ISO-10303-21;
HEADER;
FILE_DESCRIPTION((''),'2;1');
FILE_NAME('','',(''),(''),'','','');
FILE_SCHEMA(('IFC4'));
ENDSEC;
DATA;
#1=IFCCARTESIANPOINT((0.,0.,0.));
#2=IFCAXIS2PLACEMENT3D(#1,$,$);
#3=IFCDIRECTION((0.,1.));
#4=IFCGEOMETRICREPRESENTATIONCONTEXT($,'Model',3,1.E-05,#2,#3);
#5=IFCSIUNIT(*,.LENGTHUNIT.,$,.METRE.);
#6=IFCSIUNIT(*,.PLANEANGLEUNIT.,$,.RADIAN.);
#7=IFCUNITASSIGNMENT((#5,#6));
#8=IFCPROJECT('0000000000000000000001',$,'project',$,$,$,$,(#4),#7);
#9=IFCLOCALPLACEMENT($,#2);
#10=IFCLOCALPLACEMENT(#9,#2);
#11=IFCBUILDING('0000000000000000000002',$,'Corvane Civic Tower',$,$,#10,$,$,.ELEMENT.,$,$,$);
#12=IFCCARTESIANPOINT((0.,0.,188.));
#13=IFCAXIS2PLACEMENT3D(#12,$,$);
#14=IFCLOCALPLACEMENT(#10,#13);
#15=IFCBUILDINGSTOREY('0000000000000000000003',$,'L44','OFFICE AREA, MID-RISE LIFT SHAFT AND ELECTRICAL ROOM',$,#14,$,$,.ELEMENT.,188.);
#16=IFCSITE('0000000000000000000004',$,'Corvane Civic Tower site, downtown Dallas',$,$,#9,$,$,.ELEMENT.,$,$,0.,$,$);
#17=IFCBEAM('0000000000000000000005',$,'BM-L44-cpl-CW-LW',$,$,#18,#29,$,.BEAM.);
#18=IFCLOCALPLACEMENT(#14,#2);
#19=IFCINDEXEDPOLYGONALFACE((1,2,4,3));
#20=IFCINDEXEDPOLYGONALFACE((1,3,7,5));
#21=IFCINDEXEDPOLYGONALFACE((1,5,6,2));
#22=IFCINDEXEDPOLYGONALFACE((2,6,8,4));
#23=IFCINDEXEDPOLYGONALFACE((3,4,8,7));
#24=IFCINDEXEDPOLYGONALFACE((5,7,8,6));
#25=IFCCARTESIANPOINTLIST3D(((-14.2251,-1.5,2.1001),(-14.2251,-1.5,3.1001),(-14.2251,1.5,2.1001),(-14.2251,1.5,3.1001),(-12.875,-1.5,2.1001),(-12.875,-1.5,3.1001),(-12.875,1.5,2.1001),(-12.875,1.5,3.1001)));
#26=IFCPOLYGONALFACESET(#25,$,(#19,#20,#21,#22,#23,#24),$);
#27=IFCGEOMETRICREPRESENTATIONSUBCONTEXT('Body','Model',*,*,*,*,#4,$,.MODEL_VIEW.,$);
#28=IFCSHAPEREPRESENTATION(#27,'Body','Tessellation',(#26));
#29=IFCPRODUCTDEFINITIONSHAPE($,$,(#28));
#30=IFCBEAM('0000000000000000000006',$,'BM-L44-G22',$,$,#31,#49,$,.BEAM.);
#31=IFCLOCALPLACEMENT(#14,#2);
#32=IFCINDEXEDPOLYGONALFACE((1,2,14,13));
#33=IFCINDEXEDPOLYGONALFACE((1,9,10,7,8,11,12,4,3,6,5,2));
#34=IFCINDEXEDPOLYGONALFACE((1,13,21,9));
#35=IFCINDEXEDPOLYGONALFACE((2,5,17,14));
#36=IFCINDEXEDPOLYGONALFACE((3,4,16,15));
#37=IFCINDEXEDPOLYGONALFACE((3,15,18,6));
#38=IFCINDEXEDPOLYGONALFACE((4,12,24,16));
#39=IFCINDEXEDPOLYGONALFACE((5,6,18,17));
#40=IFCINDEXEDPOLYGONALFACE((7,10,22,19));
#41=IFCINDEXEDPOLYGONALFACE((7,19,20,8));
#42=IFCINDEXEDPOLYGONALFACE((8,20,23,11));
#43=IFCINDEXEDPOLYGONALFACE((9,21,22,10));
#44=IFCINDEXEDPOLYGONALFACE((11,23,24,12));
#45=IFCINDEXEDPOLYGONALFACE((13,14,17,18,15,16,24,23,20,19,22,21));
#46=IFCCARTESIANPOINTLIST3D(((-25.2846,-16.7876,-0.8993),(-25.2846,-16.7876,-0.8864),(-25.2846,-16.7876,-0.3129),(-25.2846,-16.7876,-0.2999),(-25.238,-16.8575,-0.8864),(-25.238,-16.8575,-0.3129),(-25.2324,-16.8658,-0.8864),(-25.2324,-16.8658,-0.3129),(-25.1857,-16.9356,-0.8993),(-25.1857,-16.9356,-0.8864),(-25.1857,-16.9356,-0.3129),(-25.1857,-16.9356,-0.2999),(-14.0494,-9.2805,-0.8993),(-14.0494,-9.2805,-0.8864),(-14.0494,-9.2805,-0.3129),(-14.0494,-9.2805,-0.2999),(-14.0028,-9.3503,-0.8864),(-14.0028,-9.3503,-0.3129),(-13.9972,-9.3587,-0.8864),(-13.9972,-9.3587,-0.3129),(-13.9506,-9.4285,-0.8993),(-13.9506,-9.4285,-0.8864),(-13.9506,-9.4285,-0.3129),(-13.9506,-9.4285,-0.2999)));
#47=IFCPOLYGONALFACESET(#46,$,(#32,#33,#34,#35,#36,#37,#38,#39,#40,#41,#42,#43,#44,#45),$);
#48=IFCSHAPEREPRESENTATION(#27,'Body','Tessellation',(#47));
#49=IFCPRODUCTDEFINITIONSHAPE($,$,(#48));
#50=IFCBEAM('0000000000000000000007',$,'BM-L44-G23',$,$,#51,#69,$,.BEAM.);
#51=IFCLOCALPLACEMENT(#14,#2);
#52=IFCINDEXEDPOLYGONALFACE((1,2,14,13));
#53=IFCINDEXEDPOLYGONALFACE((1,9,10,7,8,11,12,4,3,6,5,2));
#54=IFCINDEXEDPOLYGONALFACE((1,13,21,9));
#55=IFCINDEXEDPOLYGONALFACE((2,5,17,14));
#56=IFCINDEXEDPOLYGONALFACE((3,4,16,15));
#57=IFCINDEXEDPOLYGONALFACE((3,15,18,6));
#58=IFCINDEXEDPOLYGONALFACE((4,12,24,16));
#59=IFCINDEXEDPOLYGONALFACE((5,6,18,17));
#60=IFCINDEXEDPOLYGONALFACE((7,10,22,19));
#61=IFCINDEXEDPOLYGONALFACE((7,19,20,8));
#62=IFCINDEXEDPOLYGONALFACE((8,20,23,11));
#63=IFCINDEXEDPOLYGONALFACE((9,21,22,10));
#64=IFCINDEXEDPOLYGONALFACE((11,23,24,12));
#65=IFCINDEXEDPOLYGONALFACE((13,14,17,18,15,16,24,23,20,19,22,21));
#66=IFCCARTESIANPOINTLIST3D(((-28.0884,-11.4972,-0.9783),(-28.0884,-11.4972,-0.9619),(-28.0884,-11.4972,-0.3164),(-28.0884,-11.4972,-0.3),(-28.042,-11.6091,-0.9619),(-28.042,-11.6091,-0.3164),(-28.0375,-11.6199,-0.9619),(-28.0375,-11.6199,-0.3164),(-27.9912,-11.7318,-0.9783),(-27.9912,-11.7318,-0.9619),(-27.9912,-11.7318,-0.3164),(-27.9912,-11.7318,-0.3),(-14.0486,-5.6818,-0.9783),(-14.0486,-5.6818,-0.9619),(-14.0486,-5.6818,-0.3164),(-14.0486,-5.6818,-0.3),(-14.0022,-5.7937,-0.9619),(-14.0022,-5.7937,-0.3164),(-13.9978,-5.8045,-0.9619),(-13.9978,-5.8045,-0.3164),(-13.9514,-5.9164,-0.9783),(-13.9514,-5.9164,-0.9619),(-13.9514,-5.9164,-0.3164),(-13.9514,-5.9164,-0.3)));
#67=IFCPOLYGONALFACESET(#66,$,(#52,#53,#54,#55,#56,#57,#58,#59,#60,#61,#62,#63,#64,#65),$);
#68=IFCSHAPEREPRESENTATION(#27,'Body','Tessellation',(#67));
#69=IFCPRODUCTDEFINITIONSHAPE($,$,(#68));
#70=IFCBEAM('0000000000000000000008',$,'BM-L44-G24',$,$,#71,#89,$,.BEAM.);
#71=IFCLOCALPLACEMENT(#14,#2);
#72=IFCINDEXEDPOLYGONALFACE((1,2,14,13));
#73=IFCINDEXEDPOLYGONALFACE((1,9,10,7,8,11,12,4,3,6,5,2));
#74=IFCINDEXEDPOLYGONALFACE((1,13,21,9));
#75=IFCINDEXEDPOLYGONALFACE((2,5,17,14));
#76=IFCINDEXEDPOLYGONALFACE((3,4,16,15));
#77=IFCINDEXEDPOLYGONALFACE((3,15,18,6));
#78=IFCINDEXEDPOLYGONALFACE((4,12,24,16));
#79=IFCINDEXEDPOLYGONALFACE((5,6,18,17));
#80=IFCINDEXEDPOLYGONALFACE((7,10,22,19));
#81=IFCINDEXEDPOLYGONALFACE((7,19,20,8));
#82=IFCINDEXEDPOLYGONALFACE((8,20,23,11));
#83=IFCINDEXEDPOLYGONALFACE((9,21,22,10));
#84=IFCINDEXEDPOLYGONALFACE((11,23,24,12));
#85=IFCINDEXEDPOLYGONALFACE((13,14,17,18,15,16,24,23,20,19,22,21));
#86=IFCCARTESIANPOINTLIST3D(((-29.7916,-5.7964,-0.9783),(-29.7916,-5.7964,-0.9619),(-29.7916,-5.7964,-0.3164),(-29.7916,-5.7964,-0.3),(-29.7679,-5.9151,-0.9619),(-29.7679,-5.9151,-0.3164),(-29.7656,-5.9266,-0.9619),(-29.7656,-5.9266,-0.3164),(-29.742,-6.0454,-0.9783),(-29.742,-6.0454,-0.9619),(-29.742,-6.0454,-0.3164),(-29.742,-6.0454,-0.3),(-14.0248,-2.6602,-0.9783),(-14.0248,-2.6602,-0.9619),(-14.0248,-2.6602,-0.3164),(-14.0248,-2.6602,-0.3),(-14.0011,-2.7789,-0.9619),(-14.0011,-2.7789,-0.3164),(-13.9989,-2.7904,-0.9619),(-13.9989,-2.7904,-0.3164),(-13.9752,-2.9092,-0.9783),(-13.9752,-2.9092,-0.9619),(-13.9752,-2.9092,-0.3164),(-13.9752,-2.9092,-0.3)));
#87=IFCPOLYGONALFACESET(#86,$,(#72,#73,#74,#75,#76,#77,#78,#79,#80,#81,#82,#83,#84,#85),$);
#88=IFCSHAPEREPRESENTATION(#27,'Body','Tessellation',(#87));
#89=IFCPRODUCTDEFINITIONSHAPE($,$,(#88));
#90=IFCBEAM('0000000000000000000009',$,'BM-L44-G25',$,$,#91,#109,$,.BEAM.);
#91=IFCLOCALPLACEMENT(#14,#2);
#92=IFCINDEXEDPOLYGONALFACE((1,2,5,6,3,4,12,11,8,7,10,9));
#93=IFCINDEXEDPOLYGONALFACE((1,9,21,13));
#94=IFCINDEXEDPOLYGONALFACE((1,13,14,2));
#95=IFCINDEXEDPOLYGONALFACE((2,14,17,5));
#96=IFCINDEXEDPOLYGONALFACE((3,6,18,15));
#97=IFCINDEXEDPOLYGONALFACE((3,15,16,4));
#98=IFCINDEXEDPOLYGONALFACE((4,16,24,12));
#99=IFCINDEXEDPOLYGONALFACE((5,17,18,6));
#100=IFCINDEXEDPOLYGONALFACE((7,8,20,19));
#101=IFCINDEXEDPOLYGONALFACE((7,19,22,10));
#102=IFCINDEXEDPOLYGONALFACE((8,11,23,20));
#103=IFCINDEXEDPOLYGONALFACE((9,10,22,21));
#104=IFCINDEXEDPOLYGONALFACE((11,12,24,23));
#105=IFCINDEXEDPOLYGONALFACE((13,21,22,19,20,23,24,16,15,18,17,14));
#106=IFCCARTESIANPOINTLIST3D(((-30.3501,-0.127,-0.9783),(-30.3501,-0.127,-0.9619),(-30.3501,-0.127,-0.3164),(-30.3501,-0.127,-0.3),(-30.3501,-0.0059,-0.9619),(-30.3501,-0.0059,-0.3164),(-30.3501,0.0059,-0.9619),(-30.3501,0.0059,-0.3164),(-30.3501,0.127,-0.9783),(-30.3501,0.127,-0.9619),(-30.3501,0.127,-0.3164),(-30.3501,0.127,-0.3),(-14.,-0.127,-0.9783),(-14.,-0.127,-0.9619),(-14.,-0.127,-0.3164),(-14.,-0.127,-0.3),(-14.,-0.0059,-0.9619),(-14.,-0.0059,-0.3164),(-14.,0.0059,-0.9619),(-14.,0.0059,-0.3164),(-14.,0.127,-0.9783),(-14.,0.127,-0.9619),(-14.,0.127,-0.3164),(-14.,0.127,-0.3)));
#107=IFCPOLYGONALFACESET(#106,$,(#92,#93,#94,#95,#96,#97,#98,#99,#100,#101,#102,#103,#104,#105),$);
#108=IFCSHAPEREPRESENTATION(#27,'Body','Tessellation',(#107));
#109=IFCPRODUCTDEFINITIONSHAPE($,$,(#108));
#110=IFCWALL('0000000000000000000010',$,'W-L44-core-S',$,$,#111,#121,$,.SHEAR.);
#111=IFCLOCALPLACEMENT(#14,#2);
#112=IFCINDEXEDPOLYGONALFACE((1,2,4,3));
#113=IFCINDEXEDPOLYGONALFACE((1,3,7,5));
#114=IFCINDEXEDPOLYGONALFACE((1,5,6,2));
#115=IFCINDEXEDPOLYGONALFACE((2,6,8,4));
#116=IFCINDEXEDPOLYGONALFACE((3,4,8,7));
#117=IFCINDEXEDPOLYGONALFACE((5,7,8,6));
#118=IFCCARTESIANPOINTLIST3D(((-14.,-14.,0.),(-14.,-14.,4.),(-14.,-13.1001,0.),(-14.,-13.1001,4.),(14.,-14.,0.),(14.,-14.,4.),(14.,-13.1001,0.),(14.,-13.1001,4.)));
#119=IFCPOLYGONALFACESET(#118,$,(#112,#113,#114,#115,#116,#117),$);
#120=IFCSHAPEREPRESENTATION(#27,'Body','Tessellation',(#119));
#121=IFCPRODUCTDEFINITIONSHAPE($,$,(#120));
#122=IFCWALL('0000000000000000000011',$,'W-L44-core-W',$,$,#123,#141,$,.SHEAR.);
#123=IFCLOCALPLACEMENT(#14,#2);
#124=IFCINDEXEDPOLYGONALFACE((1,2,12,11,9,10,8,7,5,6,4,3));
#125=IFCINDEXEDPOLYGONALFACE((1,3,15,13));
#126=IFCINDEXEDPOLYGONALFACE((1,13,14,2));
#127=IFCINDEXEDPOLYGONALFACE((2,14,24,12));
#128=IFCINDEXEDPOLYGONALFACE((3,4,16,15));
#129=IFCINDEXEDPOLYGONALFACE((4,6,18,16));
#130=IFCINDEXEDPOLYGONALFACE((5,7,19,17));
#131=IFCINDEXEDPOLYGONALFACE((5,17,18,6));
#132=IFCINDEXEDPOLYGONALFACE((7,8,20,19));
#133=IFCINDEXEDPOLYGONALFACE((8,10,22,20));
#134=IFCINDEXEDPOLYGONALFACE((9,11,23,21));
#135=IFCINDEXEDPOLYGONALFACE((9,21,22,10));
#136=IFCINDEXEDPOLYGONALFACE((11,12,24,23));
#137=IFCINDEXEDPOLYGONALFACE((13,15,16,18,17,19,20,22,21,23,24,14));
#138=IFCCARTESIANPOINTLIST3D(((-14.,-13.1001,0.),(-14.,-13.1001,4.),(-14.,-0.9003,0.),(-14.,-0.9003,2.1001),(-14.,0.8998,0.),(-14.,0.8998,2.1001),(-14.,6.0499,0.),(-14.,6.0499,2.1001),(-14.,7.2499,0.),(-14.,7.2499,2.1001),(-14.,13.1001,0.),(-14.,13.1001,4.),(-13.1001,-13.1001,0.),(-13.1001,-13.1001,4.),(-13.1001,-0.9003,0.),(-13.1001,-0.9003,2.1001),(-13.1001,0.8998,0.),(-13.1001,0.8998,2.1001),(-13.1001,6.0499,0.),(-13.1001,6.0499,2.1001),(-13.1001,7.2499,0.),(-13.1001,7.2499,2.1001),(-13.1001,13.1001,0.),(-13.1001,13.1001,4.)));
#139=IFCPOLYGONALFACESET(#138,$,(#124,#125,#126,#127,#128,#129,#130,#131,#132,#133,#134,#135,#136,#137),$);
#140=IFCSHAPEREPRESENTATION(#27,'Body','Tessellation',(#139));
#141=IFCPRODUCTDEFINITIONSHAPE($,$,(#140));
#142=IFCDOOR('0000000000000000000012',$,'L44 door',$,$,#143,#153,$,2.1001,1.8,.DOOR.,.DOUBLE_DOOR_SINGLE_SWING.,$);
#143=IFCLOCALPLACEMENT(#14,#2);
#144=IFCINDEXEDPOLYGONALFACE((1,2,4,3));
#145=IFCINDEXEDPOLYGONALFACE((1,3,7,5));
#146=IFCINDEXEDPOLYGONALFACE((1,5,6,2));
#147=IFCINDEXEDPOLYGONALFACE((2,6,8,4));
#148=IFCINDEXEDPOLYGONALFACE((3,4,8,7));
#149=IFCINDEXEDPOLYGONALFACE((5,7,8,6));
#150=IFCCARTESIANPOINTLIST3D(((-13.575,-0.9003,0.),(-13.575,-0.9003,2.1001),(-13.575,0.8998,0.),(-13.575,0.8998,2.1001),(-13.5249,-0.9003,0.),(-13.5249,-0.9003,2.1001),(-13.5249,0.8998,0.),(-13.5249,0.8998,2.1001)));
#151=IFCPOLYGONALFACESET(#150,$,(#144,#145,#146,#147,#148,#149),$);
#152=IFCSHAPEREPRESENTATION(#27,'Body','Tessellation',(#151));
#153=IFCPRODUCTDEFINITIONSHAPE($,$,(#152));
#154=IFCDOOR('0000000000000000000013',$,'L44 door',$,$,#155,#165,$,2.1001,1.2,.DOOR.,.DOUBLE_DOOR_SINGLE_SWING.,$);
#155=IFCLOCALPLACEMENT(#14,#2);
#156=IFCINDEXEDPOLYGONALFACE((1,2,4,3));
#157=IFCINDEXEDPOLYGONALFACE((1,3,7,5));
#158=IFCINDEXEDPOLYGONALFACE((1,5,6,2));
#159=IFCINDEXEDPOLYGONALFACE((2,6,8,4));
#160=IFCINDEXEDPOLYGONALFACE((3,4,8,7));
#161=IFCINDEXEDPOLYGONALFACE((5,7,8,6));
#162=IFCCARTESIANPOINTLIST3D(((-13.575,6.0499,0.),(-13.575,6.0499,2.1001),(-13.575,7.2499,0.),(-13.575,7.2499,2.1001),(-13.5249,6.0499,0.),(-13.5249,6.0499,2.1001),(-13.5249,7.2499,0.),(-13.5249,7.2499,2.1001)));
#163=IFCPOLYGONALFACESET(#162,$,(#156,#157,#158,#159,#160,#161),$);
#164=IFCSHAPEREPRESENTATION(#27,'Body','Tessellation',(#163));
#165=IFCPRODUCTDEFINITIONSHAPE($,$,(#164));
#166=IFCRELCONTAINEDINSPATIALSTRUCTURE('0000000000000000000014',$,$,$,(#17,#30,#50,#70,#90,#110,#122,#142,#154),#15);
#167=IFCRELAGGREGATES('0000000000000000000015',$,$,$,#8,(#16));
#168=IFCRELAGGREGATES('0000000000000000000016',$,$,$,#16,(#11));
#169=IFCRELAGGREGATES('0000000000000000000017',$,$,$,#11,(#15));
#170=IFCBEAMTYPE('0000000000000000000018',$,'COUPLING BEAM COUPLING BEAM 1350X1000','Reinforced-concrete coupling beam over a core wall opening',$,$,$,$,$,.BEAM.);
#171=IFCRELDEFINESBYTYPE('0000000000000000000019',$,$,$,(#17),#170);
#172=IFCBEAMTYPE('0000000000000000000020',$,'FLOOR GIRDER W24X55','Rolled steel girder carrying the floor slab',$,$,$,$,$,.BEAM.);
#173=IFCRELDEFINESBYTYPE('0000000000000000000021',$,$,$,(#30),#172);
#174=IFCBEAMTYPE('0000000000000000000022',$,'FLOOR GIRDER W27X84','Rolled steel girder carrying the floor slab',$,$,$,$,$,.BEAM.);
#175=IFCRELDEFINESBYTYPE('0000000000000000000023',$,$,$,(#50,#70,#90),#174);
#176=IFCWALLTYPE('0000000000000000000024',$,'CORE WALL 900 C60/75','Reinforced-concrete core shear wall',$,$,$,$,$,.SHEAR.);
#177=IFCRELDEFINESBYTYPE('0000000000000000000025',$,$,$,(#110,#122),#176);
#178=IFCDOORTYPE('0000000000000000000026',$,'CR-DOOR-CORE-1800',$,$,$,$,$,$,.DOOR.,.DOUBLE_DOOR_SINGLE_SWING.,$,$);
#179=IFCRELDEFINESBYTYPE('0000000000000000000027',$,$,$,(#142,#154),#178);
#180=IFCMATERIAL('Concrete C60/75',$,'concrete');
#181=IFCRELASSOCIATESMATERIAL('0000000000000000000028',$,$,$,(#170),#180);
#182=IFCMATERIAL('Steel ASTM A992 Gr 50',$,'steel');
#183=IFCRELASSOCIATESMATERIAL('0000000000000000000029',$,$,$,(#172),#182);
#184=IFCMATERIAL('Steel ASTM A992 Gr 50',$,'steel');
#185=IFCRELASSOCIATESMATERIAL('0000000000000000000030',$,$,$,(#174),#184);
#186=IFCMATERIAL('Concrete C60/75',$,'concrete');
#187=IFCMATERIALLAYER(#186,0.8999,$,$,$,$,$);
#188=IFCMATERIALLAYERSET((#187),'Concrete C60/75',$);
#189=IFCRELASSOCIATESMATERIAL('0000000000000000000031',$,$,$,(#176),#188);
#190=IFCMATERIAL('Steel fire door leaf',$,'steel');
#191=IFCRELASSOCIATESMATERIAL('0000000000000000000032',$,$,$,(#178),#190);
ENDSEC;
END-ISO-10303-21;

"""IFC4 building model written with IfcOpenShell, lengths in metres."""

from ifc_helpers import new_model, si_unit, direction, frame, frame_2d, origin, origin_2d, place, context, subcontext, project, spatial, rectangle, i_section, extrude, material, layer, layer_set, material_profile, profile_set, type_object, element, fill, save


model = new_model("IFC4")

# Units and contexts
model_context = context("Model", 3, precision=1e-05, world=origin(), true_north=direction((0.0, 1.0)))
body_context = subcontext(model_context, "Body", "Model", "MODEL_VIEW")
ifc_project = project(units=[si_unit("LENGTHUNIT", "METRE"), si_unit("PLANEANGLEUNIT", "RADIAN")], contexts=[model_context])

# Site, building, storey
site_placement = place(None, origin())
site = spatial("IfcSite", under=ifc_project, at=site_placement, Name="Corvane Civic Tower site, downtown Dallas", CompositionType="ELEMENT", RefElevation=0.0)
building_placement = place(site_placement, origin())
building = spatial("IfcBuilding", under=site, at=building_placement, Name="Corvane Civic Tower", CompositionType="ELEMENT")
storey_placement = place(building_placement, frame((0.0, 0.0, 188.0)))
storey = spatial("IfcBuildingStorey", under=building, at=storey_placement, Name="L44", Description="OFFICE AREA, MID-RISE LIFT SHAFT AND ELECTRICAL ROOM", CompositionType="ELEMENT", Elevation=188.0)

# Beams
ifc_material_1 = material(Name="Concrete C60/75", Category="concrete")
ifc_material_profile_1 = material_profile(ifc_material_1, rectangle(XDim=1.3501, YDim=1.0, at=origin_2d()), Name="COUPLING BEAM 1350X1000")
ifc_profile_set_1 = profile_set([ifc_material_profile_1], Name="Concrete C60/75")
beam_type_1 = type_object("IfcBeamType", Name="COUPLING BEAM COUPLING BEAM 1350X1000", Description="Reinforced-concrete coupling beam over a core wall opening", PredefinedType="BEAM", material=ifc_profile_set_1)
beam_1_placement = place(storey_placement, frame((-13.55, -1.5, 2.6001), z_axis=(0.0, 1.0, 0.0), x_axis=(-1.0, 0.0, 0.0)))
element("IfcBeam", 1, at=beam_1_placement, inside=storey, type_object=beam_type_1, Name="BM-L44-cpl-CW-LW", PredefinedType="BEAM", context=body_context, shape_type="SweptSolid", body=[
    extrude(rectangle(XDim=1.3501, YDim=1.0, at=origin_2d()), origin(), (0.0, 0.0, 1.0), 3.0),
])
ifc_material_2 = material(Name="Steel ASTM A992 Gr 50", Category="steel")
ifc_material_profile_2 = material_profile(ifc_material_2, i_section(OverallWidth=0.178, OverallDepth=0.5994, WebThickness=0.01, FlangeThickness=0.0129, at=origin_2d()), Name="W24X55")
ifc_profile_set_2 = profile_set([ifc_material_profile_2], Name="Steel ASTM A992 Gr 50")
beam_type_2 = type_object("IfcBeamType", Name="FLOOR GIRDER W24X55", Description="Rolled steel girder carrying the floor slab", PredefinedType="BEAM", material=ifc_profile_set_2)
beam_2_placement = place(storey_placement, frame((-14.0, -9.3545, -0.5996), z_axis=(-0.831469, -0.555571, 0.0), x_axis=(0.555571, -0.831469, 0.0)))
element("IfcBeam", 2, at=beam_2_placement, inside=storey, type_object=beam_type_2, Name="BM-L44-G22", PredefinedType="BEAM", context=body_context, shape_type="SweptSolid", body=[
    extrude(i_section(OverallWidth=0.178, OverallDepth=0.5994, WebThickness=0.01, FlangeThickness=0.0129, at=origin_2d()), origin(), (0.0, 0.0, 1.0), 13.5125),
])
ifc_material_3 = material(Name="Steel ASTM A992 Gr 50", Category="steel")
ifc_material_profile_3 = material_profile(ifc_material_3, i_section(OverallWidth=0.2539, OverallDepth=0.6782, WebThickness=0.0117, FlangeThickness=0.0164, at=origin_2d()), Name="W27X84")
ifc_profile_set_3 = profile_set([ifc_material_profile_3], Name="Steel ASTM A992 Gr 50")
beam_type_3 = type_object("IfcBeamType", Name="FLOOR GIRDER W27X84", Description="Rolled steel girder carrying the floor slab", PredefinedType="BEAM", material=ifc_profile_set_3)
beam_3_placement = place(storey_placement, frame((-14.0, -5.7991, -0.6392), z_axis=(-0.923881, -0.382681, 0.0), x_axis=(0.382681, -0.923881, 0.0)))
element("IfcBeam", 3, at=beam_3_placement, inside=storey, type_object=beam_type_3, Name="BM-L44-G23", PredefinedType="BEAM", context=body_context, shape_type="SweptSolid", body=[
    extrude(i_section(OverallWidth=0.2539, OverallDepth=0.6782, WebThickness=0.0117, FlangeThickness=0.0164, at=origin_2d()), origin(), (0.0, 0.0, 1.0), 15.1965),
])
beam_4_placement = place(storey_placement, frame((-14.0, -2.7847, -0.6392), z_axis=(-0.980785, -0.195091, 0.0), x_axis=(0.195091, -0.980785, 0.0)))
element("IfcBeam", 4, at=beam_4_placement, inside=storey, type_object=beam_type_3, Name="BM-L44-G24", PredefinedType="BEAM", context=body_context, shape_type="SweptSolid", body=[
    extrude(i_section(OverallWidth=0.2539, OverallDepth=0.6782, WebThickness=0.0117, FlangeThickness=0.0164, at=origin_2d()), origin(), (0.0, 0.0, 1.0), 16.0757),
])
beam_5_placement = place(storey_placement, frame((-14.0, 0.0, -0.6392), z_axis=(-1.0, 0.0, 0.0), x_axis=(0.0, -1.0, 0.0)))
element("IfcBeam", 5, at=beam_5_placement, inside=storey, type_object=beam_type_3, Name="BM-L44-G25", PredefinedType="BEAM", context=body_context, shape_type="SweptSolid", body=[
    extrude(i_section(OverallWidth=0.2539, OverallDepth=0.6782, WebThickness=0.0117, FlangeThickness=0.0164, at=origin_2d()), origin(), (0.0, 0.0, 1.0), 16.3501),
])

# Wall
ifc_material_4 = material(Name="Concrete C60/75", Category="concrete")
ifc_layer_1 = layer(ifc_material_4, 0.8999)
ifc_layer_set_1 = layer_set([ifc_layer_1], Name="Concrete C60/75")
wall_type_1 = type_object("IfcWallType", Name="CORE WALL 900 C60/75", Description="Reinforced-concrete core shear wall", PredefinedType="SHEAR", material=ifc_layer_set_1)
wall_1_placement = place(storey_placement, frame((-14.0, -13.55, 0.0), z_axis=(0.0, 0.0, 1.0), x_axis=(1.0, 0.0, 0.0)))
element("IfcWall", 6, at=wall_1_placement, inside=storey, type_object=wall_type_1, Name="W-L44-core-S", PredefinedType="SHEAR", context=body_context, shape_type="SweptSolid", body=[
    extrude(rectangle(XDim=28.0, YDim=0.8999, at=frame_2d((14.0, 0.0))), origin(), (0.0, 0.0, 1.0), 4.0),
])

# Wall, openings, doors
wall_2_placement = place(storey_placement, frame((-13.55, -13.1001, 0.0), z_axis=(0.0, 0.0, 1.0), x_axis=(0.0, 1.0, 0.0)))
wall_2 = element("IfcWall", 7, at=wall_2_placement, inside=storey, type_object=wall_type_1, Name="W-L44-core-W", PredefinedType="SHEAR", context=body_context, shape_type="SweptSolid", body=[
    extrude(rectangle(XDim=26.2002, YDim=0.8999, at=frame_2d((13.1001, 0.0))), origin(), (0.0, 0.0, 1.0), 4.0),
])
opening_1_placement = place(wall_2_placement, frame((12.2, 0.0, 0.0)))
opening_1 = element("IfcOpeningElement", 8, at=opening_1_placement, cuts=wall_2, PredefinedType="OPENING", context=body_context, shape_type="SweptSolid", body=[
    extrude(rectangle(XDim=1.8, YDim=2.1001, at=frame_2d((0.8999, 1.05))), frame((0.0, 0.46, 0.0), z_axis=(0.0, -1.0, 0.0), x_axis=(1.0, 0.0, 0.0)), (0.0, 0.0, 1.0), 0.9199),
])
opening_2_placement = place(wall_2_placement, frame((19.1499, 0.0, 0.0)))
opening_2 = element("IfcOpeningElement", 9, at=opening_2_placement, cuts=wall_2, PredefinedType="OPENING", context=body_context, shape_type="SweptSolid", body=[
    extrude(rectangle(XDim=1.2, YDim=2.1001, at=frame_2d((0.6001, 1.05))), frame((0.0, 0.46, 0.0), z_axis=(0.0, -1.0, 0.0), x_axis=(1.0, 0.0, 0.0)), (0.0, 0.0, 1.0), 0.9199),
])
ifc_material_5 = material(Name="Steel fire door leaf", Category="steel")
door_type_1 = type_object("IfcDoorType", Name="CR-DOOR-CORE-1800", OperationType="DOUBLE_DOOR_SINGLE_SWING", PredefinedType="DOOR", material=ifc_material_5)
door_1_placement = place(opening_1_placement, origin())
door_1 = element("IfcDoor", 10, at=door_1_placement, inside=storey, type_object=door_type_1, Name="L44 door", OperationType="DOUBLE_DOOR_SINGLE_SWING", OverallHeight=2.1001, OverallWidth=1.8, PredefinedType="DOOR", context=body_context, shape_type="SweptSolid", body=[
    extrude(rectangle(XDim=1.8, YDim=2.1001, at=frame_2d((0.8999, 1.05))), frame((0.0, 0.0249, 0.0), z_axis=(0.0, -1.0, 0.0), x_axis=(1.0, 0.0, 0.0)), (0.0, 0.0, 1.0), 0.05),
])
fill(opening_1, door_1)
door_2_placement = place(opening_2_placement, origin())
door_2 = element("IfcDoor", 11, at=door_2_placement, inside=storey, type_object=door_type_1, Name="L44 door", OperationType="DOUBLE_DOOR_SINGLE_SWING", OverallHeight=2.1001, OverallWidth=1.2, PredefinedType="DOOR", context=body_context, shape_type="SweptSolid", body=[
    extrude(rectangle(XDim=1.2, YDim=2.1001, at=frame_2d((0.6001, 1.05))), frame((0.0, 0.0249, 0.0), z_axis=(0.0, -1.0, 0.0), x_axis=(1.0, 0.0, 0.0)), (0.0, 0.0, 1.0), 0.05),
])
fill(opening_2, door_2)

save(model, "model.ifc")
